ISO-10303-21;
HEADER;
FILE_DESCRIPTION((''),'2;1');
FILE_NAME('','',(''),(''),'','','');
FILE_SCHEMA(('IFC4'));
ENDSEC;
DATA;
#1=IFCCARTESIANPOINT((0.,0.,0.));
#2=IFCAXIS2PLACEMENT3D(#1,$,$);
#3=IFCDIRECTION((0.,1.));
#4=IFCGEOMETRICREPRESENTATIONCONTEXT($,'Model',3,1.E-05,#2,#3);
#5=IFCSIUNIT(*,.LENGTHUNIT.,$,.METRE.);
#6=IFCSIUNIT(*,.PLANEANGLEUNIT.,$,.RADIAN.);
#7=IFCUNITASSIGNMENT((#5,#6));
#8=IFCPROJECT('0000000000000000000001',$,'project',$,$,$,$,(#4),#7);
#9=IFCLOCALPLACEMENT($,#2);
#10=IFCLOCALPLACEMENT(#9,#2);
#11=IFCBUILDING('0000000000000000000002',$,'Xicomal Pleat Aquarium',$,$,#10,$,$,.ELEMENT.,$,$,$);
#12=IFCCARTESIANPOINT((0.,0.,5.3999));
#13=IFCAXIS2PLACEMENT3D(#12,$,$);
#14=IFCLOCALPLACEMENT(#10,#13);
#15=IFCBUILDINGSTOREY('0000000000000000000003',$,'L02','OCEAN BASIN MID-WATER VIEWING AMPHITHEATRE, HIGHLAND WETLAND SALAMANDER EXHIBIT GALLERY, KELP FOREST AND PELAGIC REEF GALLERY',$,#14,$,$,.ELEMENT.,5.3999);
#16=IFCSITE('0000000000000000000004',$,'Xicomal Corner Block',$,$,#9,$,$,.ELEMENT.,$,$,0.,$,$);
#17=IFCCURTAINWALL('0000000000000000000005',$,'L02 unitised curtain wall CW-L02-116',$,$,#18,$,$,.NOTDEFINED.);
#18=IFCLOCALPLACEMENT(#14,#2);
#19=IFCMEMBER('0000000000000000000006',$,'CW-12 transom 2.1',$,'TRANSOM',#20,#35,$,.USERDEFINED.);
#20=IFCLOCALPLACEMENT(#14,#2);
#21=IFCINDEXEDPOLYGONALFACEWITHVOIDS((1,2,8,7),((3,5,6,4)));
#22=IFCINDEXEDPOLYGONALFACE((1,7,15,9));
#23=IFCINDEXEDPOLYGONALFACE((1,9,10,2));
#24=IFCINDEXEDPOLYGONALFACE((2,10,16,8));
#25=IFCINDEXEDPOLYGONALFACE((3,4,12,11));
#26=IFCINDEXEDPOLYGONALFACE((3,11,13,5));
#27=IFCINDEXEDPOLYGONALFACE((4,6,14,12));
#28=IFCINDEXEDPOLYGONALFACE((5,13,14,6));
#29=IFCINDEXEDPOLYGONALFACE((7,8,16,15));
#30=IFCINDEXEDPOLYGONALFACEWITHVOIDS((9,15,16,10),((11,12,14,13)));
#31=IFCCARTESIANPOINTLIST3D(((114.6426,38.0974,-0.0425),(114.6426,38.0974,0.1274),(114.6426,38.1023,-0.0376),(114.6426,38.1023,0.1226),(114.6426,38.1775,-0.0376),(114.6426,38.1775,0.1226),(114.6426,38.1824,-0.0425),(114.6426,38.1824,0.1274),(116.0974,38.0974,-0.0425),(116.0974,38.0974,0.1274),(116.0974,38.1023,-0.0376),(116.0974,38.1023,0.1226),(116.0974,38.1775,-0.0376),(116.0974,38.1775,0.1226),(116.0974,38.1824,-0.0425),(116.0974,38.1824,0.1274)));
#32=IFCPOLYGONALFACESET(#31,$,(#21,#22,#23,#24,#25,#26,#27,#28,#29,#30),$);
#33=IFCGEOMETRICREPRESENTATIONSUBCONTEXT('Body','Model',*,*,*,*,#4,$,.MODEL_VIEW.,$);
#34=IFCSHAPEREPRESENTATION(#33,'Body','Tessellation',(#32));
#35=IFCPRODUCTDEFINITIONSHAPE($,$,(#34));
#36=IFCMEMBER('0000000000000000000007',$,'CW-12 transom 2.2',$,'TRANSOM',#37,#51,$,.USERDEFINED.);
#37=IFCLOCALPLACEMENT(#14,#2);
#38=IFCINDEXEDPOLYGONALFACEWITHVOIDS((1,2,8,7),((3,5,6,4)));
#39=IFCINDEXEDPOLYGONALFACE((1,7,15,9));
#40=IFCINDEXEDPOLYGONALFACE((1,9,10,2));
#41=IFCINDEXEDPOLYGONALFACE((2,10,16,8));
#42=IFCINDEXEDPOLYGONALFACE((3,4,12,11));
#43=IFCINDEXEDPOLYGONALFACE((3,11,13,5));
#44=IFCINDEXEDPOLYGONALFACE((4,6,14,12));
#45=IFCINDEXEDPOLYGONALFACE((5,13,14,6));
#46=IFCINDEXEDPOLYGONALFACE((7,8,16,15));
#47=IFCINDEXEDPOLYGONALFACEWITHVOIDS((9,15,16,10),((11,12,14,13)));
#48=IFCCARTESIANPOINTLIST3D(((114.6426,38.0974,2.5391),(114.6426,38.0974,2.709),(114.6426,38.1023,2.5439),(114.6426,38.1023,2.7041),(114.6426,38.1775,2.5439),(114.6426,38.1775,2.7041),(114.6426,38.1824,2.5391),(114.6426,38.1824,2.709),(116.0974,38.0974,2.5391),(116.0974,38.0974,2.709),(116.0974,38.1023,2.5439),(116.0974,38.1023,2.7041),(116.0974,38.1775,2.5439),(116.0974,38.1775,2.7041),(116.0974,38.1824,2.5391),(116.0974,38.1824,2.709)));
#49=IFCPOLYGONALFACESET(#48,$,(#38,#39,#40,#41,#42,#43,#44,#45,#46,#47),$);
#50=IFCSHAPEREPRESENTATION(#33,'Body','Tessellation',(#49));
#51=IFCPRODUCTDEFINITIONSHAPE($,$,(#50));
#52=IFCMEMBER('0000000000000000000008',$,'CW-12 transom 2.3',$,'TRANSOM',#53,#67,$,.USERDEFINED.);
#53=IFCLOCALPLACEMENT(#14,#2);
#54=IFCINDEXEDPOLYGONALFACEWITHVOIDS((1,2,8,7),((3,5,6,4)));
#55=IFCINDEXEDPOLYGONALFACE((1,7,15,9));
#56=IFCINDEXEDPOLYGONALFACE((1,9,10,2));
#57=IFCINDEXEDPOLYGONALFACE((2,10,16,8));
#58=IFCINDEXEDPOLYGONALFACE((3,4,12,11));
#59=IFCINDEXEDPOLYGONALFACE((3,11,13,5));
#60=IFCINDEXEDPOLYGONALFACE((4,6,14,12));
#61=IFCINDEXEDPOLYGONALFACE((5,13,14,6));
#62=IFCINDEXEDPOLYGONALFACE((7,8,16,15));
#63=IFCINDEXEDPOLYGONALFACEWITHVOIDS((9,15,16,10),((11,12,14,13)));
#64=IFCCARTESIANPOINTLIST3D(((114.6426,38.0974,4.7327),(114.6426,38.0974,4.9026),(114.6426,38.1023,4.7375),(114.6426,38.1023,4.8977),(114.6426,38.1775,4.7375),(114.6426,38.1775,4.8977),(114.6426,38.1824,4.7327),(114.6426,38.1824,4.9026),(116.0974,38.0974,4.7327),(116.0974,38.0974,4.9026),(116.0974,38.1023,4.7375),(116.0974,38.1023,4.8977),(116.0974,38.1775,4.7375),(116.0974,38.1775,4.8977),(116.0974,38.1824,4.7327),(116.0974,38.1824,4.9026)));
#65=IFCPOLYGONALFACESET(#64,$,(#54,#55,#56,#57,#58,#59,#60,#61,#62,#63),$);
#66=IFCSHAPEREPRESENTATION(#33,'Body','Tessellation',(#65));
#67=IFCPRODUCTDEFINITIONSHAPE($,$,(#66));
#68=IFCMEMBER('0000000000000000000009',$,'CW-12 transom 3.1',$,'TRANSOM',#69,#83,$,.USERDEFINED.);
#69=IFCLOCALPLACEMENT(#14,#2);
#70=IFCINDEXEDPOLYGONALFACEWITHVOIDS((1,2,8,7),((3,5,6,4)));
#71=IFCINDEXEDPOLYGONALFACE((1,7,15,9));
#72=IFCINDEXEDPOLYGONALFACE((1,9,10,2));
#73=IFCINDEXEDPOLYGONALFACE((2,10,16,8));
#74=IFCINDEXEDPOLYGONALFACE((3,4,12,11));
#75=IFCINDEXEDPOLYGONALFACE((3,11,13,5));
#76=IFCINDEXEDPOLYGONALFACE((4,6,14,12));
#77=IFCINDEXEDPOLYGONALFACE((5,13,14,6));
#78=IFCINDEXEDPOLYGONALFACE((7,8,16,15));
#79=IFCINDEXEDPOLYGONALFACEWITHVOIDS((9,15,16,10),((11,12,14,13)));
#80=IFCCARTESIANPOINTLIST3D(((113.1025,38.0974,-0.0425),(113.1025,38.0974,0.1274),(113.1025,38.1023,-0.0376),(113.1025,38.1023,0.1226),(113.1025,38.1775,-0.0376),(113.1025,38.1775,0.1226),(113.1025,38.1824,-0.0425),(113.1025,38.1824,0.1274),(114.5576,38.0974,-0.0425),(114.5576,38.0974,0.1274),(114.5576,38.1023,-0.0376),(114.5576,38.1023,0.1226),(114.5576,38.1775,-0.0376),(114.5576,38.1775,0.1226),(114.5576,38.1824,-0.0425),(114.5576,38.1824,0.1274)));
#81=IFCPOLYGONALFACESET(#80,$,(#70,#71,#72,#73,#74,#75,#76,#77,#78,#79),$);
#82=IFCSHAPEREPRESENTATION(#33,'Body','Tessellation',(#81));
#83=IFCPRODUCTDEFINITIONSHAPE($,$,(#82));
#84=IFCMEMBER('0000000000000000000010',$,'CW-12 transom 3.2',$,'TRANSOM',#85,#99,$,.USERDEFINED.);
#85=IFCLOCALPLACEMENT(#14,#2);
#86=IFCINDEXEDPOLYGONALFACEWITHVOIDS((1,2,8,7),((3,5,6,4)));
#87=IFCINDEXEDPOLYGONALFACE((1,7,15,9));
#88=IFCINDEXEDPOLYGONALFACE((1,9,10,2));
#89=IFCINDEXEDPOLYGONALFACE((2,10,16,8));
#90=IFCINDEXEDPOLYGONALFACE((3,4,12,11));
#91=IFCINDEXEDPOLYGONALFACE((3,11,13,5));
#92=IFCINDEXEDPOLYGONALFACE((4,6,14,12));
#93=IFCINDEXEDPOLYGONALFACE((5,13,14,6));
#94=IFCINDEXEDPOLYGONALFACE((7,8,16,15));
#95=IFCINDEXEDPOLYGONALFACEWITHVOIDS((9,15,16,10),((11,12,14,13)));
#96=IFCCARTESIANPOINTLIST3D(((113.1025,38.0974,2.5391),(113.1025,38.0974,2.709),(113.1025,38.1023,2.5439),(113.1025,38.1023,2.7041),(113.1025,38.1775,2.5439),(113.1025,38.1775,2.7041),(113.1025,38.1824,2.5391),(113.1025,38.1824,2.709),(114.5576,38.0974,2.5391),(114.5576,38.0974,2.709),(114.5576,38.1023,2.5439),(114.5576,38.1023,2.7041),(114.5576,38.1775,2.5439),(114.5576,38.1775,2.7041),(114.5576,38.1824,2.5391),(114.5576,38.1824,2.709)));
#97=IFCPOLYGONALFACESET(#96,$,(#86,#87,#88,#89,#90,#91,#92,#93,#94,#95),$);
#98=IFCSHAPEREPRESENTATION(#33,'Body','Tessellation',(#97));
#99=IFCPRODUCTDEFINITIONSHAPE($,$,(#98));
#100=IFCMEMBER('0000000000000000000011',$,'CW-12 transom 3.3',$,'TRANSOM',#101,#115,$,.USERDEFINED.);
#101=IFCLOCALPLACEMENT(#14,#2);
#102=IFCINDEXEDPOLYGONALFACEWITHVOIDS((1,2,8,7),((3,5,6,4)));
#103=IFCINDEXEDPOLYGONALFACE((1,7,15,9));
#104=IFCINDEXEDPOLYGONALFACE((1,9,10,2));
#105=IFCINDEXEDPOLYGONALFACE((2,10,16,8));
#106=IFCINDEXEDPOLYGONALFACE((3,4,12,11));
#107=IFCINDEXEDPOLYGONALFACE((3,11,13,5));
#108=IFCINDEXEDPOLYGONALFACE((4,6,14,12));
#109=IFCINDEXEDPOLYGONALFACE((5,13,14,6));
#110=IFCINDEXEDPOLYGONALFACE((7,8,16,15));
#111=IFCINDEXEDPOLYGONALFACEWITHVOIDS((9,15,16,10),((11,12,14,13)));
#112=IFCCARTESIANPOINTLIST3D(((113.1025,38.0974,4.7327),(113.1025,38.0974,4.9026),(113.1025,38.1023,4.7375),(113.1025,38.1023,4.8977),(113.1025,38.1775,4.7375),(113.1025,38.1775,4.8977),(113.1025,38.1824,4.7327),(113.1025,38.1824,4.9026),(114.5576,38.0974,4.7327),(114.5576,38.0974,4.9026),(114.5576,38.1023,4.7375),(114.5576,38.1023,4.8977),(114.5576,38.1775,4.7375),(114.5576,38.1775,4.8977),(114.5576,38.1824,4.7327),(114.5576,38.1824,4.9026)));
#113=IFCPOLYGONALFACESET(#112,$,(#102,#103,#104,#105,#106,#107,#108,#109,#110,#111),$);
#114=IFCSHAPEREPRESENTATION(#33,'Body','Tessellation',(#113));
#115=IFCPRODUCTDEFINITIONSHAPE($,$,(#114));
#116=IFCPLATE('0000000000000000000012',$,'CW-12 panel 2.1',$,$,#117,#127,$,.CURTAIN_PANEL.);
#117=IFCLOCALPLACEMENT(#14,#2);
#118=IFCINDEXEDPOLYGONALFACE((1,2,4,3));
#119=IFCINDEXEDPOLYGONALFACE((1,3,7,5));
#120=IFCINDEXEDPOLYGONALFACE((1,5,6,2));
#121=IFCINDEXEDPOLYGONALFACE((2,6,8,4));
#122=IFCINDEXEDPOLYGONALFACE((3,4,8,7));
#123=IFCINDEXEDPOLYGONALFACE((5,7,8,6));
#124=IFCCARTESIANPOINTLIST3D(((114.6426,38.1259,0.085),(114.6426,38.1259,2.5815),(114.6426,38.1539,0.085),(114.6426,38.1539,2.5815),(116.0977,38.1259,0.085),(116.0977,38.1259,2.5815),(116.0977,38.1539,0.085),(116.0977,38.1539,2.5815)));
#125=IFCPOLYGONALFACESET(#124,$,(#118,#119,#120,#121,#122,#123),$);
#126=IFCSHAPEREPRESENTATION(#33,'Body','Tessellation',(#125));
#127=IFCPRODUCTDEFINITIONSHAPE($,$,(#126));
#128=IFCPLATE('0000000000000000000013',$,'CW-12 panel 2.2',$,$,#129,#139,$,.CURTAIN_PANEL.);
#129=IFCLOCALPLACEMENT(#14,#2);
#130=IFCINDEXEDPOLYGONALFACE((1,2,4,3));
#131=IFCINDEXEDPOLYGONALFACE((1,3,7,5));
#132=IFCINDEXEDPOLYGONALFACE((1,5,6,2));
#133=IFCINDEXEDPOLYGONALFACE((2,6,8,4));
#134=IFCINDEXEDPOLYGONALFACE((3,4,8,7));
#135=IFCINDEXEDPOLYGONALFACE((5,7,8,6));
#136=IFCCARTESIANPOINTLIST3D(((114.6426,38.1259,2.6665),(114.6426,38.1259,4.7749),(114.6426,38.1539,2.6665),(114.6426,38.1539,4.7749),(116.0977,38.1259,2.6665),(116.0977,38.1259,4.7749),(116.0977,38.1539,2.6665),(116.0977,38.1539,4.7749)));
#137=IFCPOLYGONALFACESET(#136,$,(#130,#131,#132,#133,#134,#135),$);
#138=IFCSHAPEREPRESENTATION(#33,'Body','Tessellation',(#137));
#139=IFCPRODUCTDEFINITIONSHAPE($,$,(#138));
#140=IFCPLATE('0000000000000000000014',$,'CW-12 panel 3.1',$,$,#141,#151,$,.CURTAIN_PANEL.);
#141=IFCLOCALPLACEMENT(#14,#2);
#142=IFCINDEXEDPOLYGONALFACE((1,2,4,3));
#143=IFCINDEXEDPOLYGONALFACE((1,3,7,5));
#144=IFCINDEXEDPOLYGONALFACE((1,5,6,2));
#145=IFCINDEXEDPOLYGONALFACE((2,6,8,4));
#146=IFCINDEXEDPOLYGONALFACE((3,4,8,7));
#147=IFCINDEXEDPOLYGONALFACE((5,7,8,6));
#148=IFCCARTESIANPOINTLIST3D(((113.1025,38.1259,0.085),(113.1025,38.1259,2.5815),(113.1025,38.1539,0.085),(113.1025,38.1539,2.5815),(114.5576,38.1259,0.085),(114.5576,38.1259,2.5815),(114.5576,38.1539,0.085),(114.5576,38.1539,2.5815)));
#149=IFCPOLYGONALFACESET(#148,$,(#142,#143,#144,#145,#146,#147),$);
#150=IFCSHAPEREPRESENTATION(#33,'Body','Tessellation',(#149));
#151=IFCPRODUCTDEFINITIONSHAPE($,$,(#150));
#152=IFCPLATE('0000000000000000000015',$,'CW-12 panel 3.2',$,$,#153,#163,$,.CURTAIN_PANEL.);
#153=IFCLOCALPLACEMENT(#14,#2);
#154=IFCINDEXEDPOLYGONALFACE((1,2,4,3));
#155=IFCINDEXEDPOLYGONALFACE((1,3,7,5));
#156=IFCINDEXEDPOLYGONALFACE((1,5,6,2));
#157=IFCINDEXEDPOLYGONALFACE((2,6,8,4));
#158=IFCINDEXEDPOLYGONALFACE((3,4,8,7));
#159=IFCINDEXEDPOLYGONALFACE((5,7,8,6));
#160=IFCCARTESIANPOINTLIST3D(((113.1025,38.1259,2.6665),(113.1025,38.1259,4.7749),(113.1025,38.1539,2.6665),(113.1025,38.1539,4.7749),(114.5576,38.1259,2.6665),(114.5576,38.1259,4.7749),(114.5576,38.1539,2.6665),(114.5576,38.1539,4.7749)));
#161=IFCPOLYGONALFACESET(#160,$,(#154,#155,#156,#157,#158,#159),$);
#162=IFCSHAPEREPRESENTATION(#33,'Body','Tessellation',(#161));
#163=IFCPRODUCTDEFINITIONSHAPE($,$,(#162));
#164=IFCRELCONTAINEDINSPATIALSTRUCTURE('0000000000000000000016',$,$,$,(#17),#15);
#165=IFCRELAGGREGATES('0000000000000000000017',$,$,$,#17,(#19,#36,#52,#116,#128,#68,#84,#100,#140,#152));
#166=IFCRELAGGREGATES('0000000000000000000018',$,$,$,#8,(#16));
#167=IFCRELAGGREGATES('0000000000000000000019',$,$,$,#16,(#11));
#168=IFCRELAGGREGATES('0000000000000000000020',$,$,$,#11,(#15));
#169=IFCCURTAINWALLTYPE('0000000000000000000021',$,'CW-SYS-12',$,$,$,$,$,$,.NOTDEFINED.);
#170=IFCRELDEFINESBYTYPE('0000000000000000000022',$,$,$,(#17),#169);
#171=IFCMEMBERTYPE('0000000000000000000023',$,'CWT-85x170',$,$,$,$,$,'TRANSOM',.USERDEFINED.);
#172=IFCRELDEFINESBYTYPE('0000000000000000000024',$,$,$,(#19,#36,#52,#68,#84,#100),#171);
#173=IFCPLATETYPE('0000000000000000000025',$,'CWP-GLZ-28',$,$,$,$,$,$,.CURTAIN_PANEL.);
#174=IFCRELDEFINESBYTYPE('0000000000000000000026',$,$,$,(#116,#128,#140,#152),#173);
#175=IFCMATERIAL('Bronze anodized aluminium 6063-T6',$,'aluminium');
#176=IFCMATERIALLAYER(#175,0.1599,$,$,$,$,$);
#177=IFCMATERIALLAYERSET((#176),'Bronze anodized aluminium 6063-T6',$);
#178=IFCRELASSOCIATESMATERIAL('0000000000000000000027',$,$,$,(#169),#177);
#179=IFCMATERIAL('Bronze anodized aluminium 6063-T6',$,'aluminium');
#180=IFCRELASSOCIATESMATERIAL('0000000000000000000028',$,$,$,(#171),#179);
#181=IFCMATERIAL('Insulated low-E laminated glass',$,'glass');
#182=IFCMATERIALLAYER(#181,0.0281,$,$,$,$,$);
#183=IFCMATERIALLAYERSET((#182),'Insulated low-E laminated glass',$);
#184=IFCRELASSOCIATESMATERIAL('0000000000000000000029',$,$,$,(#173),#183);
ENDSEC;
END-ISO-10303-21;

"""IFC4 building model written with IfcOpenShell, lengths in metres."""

from ifc_helpers import new_model, si_unit, direction, frame, origin, origin_2d, place, context, subcontext, project, spatial, rectangle, hollow_rectangle, extrude, material, layer, layer_set, material_profile, profile_set, type_object, element, aggregate, save


model = new_model("IFC4")

# Units and contexts
model_context = context("Model", 3, precision=1e-05, world=origin(), true_north=direction((0.0, 1.0)))
body_context = subcontext(model_context, "Body", "Model", "MODEL_VIEW")
ifc_project = project(units=[si_unit("LENGTHUNIT", "METRE"), si_unit("PLANEANGLEUNIT", "RADIAN")], contexts=[model_context])

# Site, building, storey
site_placement = place(None, origin())
site = spatial("IfcSite", under=ifc_project, at=site_placement, Name="Xicomal Corner Block", CompositionType="ELEMENT", RefElevation=0.0)
building_placement = place(site_placement, origin())
building = spatial("IfcBuilding", under=site, at=building_placement, Name="Xicomal Pleat Aquarium", CompositionType="ELEMENT")
storey_placement = place(building_placement, frame((0.0, 0.0, 5.3999)))
storey = spatial("IfcBuildingStorey", under=building, at=storey_placement, Name="L02", Description="OCEAN BASIN MID-WATER VIEWING AMPHITHEATRE, HIGHLAND WETLAND SALAMANDER EXHIBIT GALLERY, KELP FOREST AND PELAGIC REEF GALLERY", CompositionType="ELEMENT", Elevation=5.3999)

# Curtain wall, members, plates
ifc_material_1 = material(Name="Bronze anodized aluminium 6063-T6", Category="aluminium")
ifc_layer_1 = layer(ifc_material_1, 0.1599)
ifc_layer_set_1 = layer_set([ifc_layer_1], Name="Bronze anodized aluminium 6063-T6")
curtain_wall_type = type_object("IfcCurtainWallType", Name="CW-SYS-12", PredefinedType="NOTDEFINED", material=ifc_layer_set_1)
curtain_wall_placement = place(storey_placement, origin())
curtain_wall = element("IfcCurtainWall", 1, at=curtain_wall_placement, inside=storey, type_object=curtain_wall_type, Name="L02 unitised curtain wall CW-L02-116", PredefinedType="NOTDEFINED")
ifc_material_2 = material(Name="Bronze anodized aluminium 6063-T6", Category="aluminium")
ifc_material_profile_1 = material_profile(ifc_material_2, hollow_rectangle(XDim=0.085, YDim=0.1699, WallThickness=0.0049, at=origin_2d()), Name="ALU TRAN 85x170")
ifc_profile_set_1 = profile_set([ifc_material_profile_1], Name="Bronze anodized aluminium 6063-T6")
member_type_1 = type_object("IfcMemberType", Name="CWT-85x170", ElementType="TRANSOM", PredefinedType="USERDEFINED", material=ifc_profile_set_1)
member_1_placement = place(storey_placement, frame((116.0974, 38.1399, 0.0425), z_axis=(-1.0, 0.0, 0.0), x_axis=(0.0, -1.0, 0.0)))
member_1 = element("IfcMember", 2, at=member_1_placement, type_object=member_type_1, Name="CW-12 transom 2.1", ObjectType="TRANSOM", PredefinedType="USERDEFINED", context=body_context, shape_type="SweptSolid", body=[
    extrude(hollow_rectangle(XDim=0.085, YDim=0.1699, WallThickness=0.0049, at=origin_2d()), origin(), (0.0, 0.0, 1.0), 1.4548),
])
member_2_placement = place(storey_placement, frame((116.0974, 38.1399, 2.624), z_axis=(-1.0, 0.0, 0.0), x_axis=(0.0, -1.0, 0.0)))
member_2 = element("IfcMember", 3, at=member_2_placement, type_object=member_type_1, Name="CW-12 transom 2.2", ObjectType="TRANSOM", PredefinedType="USERDEFINED", context=body_context, shape_type="SweptSolid", body=[
    extrude(hollow_rectangle(XDim=0.085, YDim=0.1699, WallThickness=0.0049, at=origin_2d()), origin(), (0.0, 0.0, 1.0), 1.4548),
])
member_3_placement = place(storey_placement, frame((116.0974, 38.1399, 4.8176), z_axis=(-1.0, 0.0, 0.0), x_axis=(0.0, -1.0, 0.0)))
member_3 = element("IfcMember", 4, at=member_3_placement, type_object=member_type_1, Name="CW-12 transom 2.3", ObjectType="TRANSOM", PredefinedType="USERDEFINED", context=body_context, shape_type="SweptSolid", body=[
    extrude(hollow_rectangle(XDim=0.085, YDim=0.1699, WallThickness=0.0049, at=origin_2d()), origin(), (0.0, 0.0, 1.0), 1.4548),
])
member_4_placement = place(storey_placement, frame((114.5576, 38.1399, 0.0425), z_axis=(-1.0, 0.0, 0.0), x_axis=(0.0, -1.0, 0.0)))
member_4 = element("IfcMember", 5, at=member_4_placement, type_object=member_type_1, Name="CW-12 transom 3.1", ObjectType="TRANSOM", PredefinedType="USERDEFINED", context=body_context, shape_type="SweptSolid", body=[
    extrude(hollow_rectangle(XDim=0.085, YDim=0.1699, WallThickness=0.0049, at=origin_2d()), origin(), (0.0, 0.0, 1.0), 1.4551),
])
member_5_placement = place(storey_placement, frame((114.5576, 38.1399, 2.624), z_axis=(-1.0, 0.0, 0.0), x_axis=(0.0, -1.0, 0.0)))
member_5 = element("IfcMember", 6, at=member_5_placement, type_object=member_type_1, Name="CW-12 transom 3.2", ObjectType="TRANSOM", PredefinedType="USERDEFINED", context=body_context, shape_type="SweptSolid", body=[
    extrude(hollow_rectangle(XDim=0.085, YDim=0.1699, WallThickness=0.0049, at=origin_2d()), origin(), (0.0, 0.0, 1.0), 1.4551),
])
member_6_placement = place(storey_placement, frame((114.5576, 38.1399, 4.8176), z_axis=(-1.0, 0.0, 0.0), x_axis=(0.0, -1.0, 0.0)))
member_6 = element("IfcMember", 7, at=member_6_placement, type_object=member_type_1, Name="CW-12 transom 3.3", ObjectType="TRANSOM", PredefinedType="USERDEFINED", context=body_context, shape_type="SweptSolid", body=[
    extrude(hollow_rectangle(XDim=0.085, YDim=0.1699, WallThickness=0.0049, at=origin_2d()), origin(), (0.0, 0.0, 1.0), 1.4551),
])
ifc_material_3 = material(Name="Insulated low-E laminated glass", Category="glass")
ifc_layer_2 = layer(ifc_material_3, 0.0281)
ifc_layer_set_2 = layer_set([ifc_layer_2], Name="Insulated low-E laminated glass")
plate_type = type_object("IfcPlateType", Name="CWP-GLZ-28", PredefinedType="CURTAIN_PANEL", material=ifc_layer_set_2)
plate_1_placement = place(storey_placement, frame((115.3701, 38.1399, 0.085), z_axis=(0.0, 0.0, 1.0), x_axis=(-1.0, 0.0, 0.0)))
plate_1 = element("IfcPlate", 8, at=plate_1_placement, type_object=plate_type, Name="CW-12 panel 2.1", PredefinedType="CURTAIN_PANEL", context=body_context, shape_type="SweptSolid", body=[
    extrude(rectangle(XDim=1.4551, YDim=0.0281, at=origin_2d()), origin(), (0.0, 0.0, 1.0), 2.4966),
])
plate_2_placement = place(storey_placement, frame((115.3701, 38.1399, 2.6665), z_axis=(0.0, 0.0, 1.0), x_axis=(-1.0, 0.0, 0.0)))
plate_2 = element("IfcPlate", 9, at=plate_2_placement, type_object=plate_type, Name="CW-12 panel 2.2", PredefinedType="CURTAIN_PANEL", context=body_context, shape_type="SweptSolid", body=[
    extrude(rectangle(XDim=1.4551, YDim=0.0281, at=origin_2d()), origin(), (0.0, 0.0, 1.0), 2.1084),
])
plate_3_placement = place(storey_placement, frame((113.8301, 38.1399, 0.085), z_axis=(0.0, 0.0, 1.0), x_axis=(-1.0, 0.0, 0.0)))
plate_3 = element("IfcPlate", 10, at=plate_3_placement, type_object=plate_type, Name="CW-12 panel 3.1", PredefinedType="CURTAIN_PANEL", context=body_context, shape_type="SweptSolid", body=[
    extrude(rectangle(XDim=1.4551, YDim=0.0281, at=origin_2d()), origin(), (0.0, 0.0, 1.0), 2.4966),
])
plate_4_placement = place(storey_placement, frame((113.8301, 38.1399, 2.6665), z_axis=(0.0, 0.0, 1.0), x_axis=(-1.0, 0.0, 0.0)))
plate_4 = element("IfcPlate", 11, at=plate_4_placement, type_object=plate_type, Name="CW-12 panel 3.2", PredefinedType="CURTAIN_PANEL", context=body_context, shape_type="SweptSolid", body=[
    extrude(rectangle(XDim=1.4551, YDim=0.0281, at=origin_2d()), origin(), (0.0, 0.0, 1.0), 2.1084),
])
aggregate(curtain_wall, [member_1, member_2, member_3, plate_1, plate_2, member_4, member_5, member_6, plate_3, plate_4])

save(model, "model.ifc")
